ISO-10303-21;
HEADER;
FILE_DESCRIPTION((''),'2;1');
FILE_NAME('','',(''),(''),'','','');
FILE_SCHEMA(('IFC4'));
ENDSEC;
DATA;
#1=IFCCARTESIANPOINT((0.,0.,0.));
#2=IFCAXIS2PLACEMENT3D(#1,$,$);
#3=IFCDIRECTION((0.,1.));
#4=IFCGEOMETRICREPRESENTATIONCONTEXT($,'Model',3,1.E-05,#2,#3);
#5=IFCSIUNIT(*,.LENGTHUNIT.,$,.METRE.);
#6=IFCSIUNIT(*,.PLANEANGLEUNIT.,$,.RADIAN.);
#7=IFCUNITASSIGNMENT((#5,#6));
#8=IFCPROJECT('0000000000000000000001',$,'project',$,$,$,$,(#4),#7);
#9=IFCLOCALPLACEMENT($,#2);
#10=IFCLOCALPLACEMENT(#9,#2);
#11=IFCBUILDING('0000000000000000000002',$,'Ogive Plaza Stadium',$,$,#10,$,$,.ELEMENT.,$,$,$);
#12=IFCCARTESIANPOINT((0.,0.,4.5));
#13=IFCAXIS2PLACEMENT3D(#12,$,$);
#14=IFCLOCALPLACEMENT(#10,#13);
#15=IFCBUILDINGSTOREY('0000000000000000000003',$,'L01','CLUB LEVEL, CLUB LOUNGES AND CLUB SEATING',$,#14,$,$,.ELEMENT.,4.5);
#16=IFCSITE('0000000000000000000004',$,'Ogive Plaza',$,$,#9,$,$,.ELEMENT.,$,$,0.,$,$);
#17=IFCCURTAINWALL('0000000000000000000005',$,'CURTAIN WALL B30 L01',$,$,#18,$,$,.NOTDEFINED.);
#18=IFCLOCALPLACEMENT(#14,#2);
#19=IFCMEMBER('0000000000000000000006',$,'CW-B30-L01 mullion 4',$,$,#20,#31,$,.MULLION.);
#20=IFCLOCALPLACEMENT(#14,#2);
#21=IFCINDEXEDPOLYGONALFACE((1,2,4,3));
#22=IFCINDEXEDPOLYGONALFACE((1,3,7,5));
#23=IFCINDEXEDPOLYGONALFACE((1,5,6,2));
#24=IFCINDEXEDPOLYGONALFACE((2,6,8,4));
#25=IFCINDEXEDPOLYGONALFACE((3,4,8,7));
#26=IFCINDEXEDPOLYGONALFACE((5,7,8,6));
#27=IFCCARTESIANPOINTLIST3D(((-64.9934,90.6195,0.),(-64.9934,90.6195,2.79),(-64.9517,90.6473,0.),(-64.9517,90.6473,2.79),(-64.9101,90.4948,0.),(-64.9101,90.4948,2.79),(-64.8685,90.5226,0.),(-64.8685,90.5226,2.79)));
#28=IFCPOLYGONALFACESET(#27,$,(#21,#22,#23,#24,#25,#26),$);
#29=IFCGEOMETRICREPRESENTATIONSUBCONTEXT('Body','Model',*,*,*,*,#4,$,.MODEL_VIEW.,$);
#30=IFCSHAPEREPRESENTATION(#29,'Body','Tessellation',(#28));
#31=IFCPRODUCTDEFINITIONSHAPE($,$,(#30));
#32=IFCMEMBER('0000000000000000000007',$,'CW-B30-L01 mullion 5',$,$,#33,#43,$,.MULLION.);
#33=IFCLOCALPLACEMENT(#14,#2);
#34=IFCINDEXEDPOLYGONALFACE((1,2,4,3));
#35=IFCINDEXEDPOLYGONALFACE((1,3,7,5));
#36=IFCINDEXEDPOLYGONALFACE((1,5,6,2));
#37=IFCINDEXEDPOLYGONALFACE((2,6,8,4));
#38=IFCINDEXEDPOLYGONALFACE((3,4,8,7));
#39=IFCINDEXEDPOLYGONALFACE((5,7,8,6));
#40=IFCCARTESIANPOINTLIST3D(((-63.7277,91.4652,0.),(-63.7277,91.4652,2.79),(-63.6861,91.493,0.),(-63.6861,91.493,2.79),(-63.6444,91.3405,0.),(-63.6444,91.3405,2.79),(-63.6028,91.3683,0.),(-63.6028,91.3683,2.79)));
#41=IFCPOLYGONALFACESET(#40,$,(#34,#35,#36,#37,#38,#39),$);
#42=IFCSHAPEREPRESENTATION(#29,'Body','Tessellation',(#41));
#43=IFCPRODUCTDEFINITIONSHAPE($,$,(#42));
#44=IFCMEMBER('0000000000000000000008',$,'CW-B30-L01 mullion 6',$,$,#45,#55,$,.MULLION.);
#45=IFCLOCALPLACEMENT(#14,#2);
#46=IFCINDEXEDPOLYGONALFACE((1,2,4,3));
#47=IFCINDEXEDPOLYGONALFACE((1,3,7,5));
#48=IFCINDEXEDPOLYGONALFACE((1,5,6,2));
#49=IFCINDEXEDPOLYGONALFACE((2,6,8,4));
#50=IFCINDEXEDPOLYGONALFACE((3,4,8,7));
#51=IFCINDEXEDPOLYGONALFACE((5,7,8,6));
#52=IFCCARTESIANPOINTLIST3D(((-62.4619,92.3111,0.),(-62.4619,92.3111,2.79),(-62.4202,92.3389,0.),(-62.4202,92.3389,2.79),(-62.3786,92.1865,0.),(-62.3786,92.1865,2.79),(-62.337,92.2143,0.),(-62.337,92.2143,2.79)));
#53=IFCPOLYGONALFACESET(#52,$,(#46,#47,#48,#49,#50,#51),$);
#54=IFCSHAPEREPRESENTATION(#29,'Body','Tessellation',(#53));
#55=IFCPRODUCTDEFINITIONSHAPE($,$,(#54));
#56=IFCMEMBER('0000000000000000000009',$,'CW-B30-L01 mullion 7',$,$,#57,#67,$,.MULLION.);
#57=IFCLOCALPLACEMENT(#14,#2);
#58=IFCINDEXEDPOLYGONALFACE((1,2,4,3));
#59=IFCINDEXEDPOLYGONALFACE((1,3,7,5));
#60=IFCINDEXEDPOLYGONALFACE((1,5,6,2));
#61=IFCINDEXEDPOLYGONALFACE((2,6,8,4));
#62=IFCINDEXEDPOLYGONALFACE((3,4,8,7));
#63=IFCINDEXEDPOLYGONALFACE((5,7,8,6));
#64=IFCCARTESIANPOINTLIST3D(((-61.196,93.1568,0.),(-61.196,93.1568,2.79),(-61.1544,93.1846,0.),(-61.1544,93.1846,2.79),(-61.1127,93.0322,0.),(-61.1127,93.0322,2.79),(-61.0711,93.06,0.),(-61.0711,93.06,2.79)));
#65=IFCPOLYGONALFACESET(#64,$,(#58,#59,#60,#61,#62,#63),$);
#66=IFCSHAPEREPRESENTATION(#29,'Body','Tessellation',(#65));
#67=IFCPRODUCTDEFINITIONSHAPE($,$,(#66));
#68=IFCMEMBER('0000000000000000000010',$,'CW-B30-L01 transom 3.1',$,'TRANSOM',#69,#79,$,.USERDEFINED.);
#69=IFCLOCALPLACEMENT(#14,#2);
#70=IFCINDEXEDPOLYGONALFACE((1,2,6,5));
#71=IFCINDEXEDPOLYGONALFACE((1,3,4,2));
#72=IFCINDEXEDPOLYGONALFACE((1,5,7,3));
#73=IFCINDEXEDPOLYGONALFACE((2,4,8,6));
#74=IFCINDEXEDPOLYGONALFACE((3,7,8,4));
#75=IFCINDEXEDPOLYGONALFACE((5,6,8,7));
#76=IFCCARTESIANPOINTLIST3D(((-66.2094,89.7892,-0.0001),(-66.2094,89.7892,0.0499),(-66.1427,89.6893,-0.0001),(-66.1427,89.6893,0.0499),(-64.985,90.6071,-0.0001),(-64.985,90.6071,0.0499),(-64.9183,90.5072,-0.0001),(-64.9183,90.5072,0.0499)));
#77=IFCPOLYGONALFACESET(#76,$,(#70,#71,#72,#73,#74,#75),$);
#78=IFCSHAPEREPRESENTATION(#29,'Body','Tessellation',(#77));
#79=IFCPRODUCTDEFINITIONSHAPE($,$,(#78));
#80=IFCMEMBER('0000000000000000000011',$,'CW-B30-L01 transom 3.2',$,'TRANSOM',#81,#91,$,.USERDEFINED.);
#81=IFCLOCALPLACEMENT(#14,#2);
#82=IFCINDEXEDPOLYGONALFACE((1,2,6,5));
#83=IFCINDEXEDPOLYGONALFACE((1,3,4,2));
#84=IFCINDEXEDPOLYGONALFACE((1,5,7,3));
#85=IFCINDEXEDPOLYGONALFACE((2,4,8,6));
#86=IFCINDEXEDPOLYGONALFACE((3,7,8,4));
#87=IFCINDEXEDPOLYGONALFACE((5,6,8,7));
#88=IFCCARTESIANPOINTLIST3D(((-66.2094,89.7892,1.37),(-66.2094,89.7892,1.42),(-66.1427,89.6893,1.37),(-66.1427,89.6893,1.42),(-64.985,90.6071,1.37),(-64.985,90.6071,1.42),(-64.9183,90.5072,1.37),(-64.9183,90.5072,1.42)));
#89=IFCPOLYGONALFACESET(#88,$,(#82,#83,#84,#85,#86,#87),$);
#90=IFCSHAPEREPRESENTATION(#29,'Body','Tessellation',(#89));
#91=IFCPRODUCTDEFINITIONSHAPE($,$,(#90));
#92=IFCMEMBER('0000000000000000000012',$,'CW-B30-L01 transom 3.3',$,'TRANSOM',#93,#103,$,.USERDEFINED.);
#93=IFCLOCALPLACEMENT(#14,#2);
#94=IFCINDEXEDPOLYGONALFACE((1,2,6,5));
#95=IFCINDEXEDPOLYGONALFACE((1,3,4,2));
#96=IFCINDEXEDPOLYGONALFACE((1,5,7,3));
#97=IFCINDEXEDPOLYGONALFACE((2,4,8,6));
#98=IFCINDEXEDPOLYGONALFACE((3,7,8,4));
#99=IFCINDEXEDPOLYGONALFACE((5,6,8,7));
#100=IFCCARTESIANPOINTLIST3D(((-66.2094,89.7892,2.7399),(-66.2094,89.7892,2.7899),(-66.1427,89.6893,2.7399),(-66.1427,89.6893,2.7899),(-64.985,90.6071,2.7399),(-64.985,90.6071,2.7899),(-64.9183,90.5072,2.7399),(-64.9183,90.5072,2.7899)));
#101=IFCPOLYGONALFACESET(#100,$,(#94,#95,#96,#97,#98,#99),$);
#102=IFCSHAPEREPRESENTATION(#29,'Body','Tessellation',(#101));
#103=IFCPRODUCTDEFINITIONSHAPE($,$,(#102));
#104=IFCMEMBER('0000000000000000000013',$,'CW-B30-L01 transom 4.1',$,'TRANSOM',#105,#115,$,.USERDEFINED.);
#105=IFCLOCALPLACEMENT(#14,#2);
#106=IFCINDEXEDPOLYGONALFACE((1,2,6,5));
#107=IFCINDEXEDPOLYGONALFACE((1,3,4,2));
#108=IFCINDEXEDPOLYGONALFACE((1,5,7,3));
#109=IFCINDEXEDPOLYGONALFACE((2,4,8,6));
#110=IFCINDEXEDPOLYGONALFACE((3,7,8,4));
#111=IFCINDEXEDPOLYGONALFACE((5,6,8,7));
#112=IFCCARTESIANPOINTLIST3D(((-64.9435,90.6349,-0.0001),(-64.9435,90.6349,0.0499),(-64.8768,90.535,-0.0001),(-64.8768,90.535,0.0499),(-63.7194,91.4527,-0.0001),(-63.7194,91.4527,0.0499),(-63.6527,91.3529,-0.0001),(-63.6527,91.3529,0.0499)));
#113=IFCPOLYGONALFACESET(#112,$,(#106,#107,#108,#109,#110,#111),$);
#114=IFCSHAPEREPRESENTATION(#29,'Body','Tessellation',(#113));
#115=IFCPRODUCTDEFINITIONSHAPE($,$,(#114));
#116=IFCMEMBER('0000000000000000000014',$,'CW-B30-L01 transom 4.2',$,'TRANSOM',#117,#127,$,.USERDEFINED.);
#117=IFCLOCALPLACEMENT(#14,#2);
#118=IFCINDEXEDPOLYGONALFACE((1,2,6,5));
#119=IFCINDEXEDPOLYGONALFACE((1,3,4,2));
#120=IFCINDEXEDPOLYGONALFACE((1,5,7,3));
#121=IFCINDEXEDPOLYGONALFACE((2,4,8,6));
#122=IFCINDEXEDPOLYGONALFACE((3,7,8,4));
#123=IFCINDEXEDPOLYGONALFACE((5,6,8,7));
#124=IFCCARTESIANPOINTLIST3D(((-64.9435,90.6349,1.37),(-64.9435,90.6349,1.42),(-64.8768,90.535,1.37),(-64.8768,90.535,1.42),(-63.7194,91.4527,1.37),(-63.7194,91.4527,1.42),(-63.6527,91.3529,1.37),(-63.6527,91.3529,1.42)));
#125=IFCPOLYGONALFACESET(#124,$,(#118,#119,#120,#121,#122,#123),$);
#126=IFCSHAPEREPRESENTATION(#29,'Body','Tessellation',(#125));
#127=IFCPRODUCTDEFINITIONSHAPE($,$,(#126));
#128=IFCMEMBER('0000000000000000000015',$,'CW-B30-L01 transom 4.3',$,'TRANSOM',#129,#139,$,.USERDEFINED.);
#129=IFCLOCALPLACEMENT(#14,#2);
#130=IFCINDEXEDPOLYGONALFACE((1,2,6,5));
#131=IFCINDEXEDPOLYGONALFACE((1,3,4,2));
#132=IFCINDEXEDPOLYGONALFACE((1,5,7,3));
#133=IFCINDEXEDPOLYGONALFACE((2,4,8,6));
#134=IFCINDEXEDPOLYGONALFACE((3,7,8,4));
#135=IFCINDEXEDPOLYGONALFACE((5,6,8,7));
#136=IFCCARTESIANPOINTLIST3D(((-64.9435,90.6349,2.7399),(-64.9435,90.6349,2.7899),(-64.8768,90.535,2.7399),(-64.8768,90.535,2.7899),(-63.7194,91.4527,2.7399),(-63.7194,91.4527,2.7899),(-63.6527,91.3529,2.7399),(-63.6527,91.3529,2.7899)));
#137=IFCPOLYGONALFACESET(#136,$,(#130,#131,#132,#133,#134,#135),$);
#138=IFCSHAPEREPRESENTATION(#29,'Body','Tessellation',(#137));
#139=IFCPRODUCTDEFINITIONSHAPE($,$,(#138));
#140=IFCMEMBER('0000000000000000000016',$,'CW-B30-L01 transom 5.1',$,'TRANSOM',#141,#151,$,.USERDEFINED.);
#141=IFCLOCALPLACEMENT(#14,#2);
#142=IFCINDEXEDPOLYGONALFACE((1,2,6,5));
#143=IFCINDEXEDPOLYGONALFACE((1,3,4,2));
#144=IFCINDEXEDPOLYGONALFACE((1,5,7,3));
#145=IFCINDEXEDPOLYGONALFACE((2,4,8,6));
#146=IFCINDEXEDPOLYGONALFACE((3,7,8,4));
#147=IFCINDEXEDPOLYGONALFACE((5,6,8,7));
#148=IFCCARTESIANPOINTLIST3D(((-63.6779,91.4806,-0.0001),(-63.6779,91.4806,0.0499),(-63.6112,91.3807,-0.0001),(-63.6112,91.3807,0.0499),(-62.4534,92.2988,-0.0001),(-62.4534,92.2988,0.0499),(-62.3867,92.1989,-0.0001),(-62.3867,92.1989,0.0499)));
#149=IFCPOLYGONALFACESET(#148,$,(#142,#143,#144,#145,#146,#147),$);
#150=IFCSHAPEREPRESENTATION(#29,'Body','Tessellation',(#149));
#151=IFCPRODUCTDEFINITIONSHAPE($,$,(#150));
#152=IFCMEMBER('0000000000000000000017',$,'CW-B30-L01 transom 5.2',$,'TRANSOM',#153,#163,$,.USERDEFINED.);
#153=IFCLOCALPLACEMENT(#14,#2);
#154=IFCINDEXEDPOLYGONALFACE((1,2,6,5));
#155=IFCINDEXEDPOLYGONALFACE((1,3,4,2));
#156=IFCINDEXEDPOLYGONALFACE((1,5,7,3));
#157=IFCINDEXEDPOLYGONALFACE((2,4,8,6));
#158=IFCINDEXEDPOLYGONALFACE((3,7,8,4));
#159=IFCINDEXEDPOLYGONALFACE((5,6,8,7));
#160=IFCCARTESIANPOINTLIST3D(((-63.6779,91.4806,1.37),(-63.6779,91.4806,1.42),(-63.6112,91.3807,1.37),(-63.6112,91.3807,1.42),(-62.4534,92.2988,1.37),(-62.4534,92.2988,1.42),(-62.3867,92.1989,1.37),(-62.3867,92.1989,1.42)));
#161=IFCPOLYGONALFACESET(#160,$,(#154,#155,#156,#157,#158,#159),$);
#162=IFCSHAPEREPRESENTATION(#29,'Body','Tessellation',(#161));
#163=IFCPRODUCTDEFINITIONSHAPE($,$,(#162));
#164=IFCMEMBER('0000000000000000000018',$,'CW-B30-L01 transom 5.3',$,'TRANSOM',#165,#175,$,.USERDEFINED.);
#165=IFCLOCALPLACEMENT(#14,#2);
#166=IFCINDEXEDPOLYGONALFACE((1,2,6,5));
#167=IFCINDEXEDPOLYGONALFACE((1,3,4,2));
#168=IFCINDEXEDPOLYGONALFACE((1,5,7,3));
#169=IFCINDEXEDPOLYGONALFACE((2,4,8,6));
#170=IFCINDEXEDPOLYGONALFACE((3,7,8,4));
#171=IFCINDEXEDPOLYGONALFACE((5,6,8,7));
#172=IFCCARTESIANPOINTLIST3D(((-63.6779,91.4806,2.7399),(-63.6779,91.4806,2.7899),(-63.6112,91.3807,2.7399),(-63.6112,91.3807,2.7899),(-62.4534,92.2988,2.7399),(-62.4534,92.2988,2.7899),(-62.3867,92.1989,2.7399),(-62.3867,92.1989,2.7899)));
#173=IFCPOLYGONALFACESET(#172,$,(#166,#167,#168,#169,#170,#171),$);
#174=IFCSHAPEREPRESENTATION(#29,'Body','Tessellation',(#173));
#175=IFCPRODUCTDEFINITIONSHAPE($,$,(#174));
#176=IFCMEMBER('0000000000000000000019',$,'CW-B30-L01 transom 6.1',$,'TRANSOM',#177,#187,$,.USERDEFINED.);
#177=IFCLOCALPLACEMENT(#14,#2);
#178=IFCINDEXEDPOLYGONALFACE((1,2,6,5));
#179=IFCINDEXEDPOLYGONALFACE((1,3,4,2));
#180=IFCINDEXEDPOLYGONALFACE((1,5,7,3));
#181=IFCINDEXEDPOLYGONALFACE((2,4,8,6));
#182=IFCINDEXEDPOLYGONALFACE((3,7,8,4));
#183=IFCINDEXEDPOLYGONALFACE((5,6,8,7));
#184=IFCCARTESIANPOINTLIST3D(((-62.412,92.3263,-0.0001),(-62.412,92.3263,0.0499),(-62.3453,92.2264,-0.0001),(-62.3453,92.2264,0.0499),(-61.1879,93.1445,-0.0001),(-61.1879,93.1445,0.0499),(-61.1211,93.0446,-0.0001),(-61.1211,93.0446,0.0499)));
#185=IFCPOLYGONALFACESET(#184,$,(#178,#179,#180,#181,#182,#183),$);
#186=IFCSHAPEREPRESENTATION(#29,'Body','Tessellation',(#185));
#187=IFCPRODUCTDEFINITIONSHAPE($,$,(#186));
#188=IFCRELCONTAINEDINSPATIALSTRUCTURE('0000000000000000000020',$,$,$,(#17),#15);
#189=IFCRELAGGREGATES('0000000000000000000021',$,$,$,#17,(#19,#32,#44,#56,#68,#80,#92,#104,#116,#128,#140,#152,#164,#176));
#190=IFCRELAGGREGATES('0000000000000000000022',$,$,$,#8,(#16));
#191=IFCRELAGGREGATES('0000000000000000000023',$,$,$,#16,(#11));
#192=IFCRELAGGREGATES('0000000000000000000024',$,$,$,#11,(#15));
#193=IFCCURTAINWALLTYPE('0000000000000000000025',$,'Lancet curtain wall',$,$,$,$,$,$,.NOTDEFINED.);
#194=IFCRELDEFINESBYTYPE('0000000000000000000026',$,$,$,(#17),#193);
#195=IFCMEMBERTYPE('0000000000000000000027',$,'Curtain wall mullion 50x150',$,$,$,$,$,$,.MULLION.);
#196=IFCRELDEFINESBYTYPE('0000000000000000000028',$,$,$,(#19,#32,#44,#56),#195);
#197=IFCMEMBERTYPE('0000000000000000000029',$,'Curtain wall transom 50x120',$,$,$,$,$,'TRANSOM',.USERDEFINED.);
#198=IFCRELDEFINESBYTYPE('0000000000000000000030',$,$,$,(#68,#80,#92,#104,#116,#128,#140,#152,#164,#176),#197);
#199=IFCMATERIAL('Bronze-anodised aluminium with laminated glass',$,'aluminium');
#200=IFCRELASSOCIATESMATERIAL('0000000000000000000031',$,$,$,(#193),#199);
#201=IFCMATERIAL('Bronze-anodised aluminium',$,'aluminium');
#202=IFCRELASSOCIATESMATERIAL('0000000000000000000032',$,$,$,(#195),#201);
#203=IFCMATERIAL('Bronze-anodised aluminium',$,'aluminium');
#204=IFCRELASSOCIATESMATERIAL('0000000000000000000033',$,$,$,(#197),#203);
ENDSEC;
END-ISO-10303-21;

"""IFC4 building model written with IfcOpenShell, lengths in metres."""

from ifc_helpers import new_model, si_unit, direction, frame, origin, origin_2d, place, context, subcontext, project, spatial, rectangle, extrude, material, material_profile, profile_set, type_object, element, aggregate, save


model = new_model("IFC4")

# Units and contexts
model_context = context("Model", 3, precision=1e-05, world=origin(), true_north=direction((0.0, 1.0)))
body_context = subcontext(model_context, "Body", "Model", "MODEL_VIEW")
ifc_project = project(units=[si_unit("LENGTHUNIT", "METRE"), si_unit("PLANEANGLEUNIT", "RADIAN")], contexts=[model_context])

# Site, building, storey
site_placement = place(None, origin())
site = spatial("IfcSite", under=ifc_project, at=site_placement, Name="Ogive Plaza", CompositionType="ELEMENT", RefElevation=0.0)
building_placement = place(site_placement, origin())
building = spatial("IfcBuilding", under=site, at=building_placement, Name="Ogive Plaza Stadium", CompositionType="ELEMENT")
storey_placement = place(building_placement, frame((0.0, 0.0, 4.5)))
storey = spatial("IfcBuildingStorey", under=building, at=storey_placement, Name="L01", Description="CLUB LEVEL, CLUB LOUNGES AND CLUB SEATING", CompositionType="ELEMENT", Elevation=4.5)

# Curtain wall, members
ifc_material_1 = material(Name="Bronze-anodised aluminium with laminated glass", Category="aluminium")
curtain_wall_type = type_object("IfcCurtainWallType", Name="Lancet curtain wall", PredefinedType="NOTDEFINED", material=ifc_material_1)
curtain_wall_placement = place(storey_placement, origin())
curtain_wall = element("IfcCurtainWall", 1, at=curtain_wall_placement, inside=storey, type_object=curtain_wall_type, Name="CURTAIN WALL B30 L01", PredefinedType="NOTDEFINED")
ifc_material_2 = material(Name="Bronze-anodised aluminium", Category="aluminium")
ifc_material_profile_1 = material_profile(ifc_material_2, rectangle(XDim=0.1499, YDim=0.05, at=origin_2d()), Name="AL 150x50")
ifc_profile_set_1 = profile_set([ifc_material_profile_1], Name="Bronze-anodised aluminium")
member_type_1 = type_object("IfcMemberType", Name="Curtain wall mullion 50x150", PredefinedType="MULLION", material=ifc_profile_set_1)
member_1_placement = place(storey_placement, frame((-64.9309, 90.571, 0.0), z_axis=(0.0, 0.0, 1.0), x_axis=(-0.55557, 0.83147, 0.0)))
member_1 = element("IfcMember", 2, at=member_1_placement, type_object=member_type_1, Name="CW-B30-L01 mullion 4", PredefinedType="MULLION", context=body_context, shape_type="SweptSolid", body=[
    extrude(rectangle(XDim=0.1499, YDim=0.05, at=origin_2d()), origin(), (0.0, 0.0, 1.0), 2.79),
])
member_2_placement = place(storey_placement, frame((-63.6653, 91.4167, 0.0), z_axis=(0.0, 0.0, 1.0), x_axis=(-0.55557, 0.83147, 0.0)))
member_2 = element("IfcMember", 3, at=member_2_placement, type_object=member_type_1, Name="CW-B30-L01 mullion 5", PredefinedType="MULLION", context=body_context, shape_type="SweptSolid", body=[
    extrude(rectangle(XDim=0.1499, YDim=0.05, at=origin_2d()), origin(), (0.0, 0.0, 1.0), 2.79),
])
member_3_placement = place(storey_placement, frame((-62.3994, 92.2627, 0.0), z_axis=(0.0, 0.0, 1.0), x_axis=(-0.55557, 0.83147, 0.0)))
member_3 = element("IfcMember", 4, at=member_3_placement, type_object=member_type_1, Name="CW-B30-L01 mullion 6", PredefinedType="MULLION", context=body_context, shape_type="SweptSolid", body=[
    extrude(rectangle(XDim=0.1499, YDim=0.05, at=origin_2d()), origin(), (0.0, 0.0, 1.0), 2.79),
])
member_4_placement = place(storey_placement, frame((-61.1335, 93.1084, 0.0), z_axis=(0.0, 0.0, 1.0), x_axis=(-0.55557, 0.83147, 0.0)))
member_4 = element("IfcMember", 5, at=member_4_placement, type_object=member_type_1, Name="CW-B30-L01 mullion 7", PredefinedType="MULLION", context=body_context, shape_type="SweptSolid", body=[
    extrude(rectangle(XDim=0.1499, YDim=0.05, at=origin_2d()), origin(), (0.0, 0.0, 1.0), 2.79),
])
ifc_material_3 = material(Name="Bronze-anodised aluminium", Category="aluminium")
ifc_material_profile_2 = material_profile(ifc_material_3, rectangle(XDim=0.1201, YDim=0.05, at=origin_2d()), Name="AL 120x50")
ifc_profile_set_2 = profile_set([ifc_material_profile_2], Name="Bronze-anodised aluminium")
member_type_2 = type_object("IfcMemberType", Name="Curtain wall transom 50x120", ElementType="TRANSOM", PredefinedType="USERDEFINED", material=ifc_profile_set_2)
member_5_placement = place(storey_placement, frame((-66.176, 89.7393, 0.0249), z_axis=(0.83154, 0.555465, 0.0), x_axis=(-0.555465, 0.83154, 0.0)))
member_5 = element("IfcMember", 6, at=member_5_placement, type_object=member_type_2, Name="CW-B30-L01 transom 3.1", ObjectType="TRANSOM", PredefinedType="USERDEFINED", context=body_context, shape_type="SweptSolid", body=[
    extrude(rectangle(XDim=0.1201, YDim=0.05, at=origin_2d()), origin(), (0.0, 0.0, 1.0), 1.4724),
])
member_6_placement = place(storey_placement, frame((-66.176, 89.7393, 1.395), z_axis=(0.83154, 0.555465, 0.0), x_axis=(-0.555465, 0.83154, 0.0)))
member_6 = element("IfcMember", 7, at=member_6_placement, type_object=member_type_2, Name="CW-B30-L01 transom 3.2", ObjectType="TRANSOM", PredefinedType="USERDEFINED", context=body_context, shape_type="SweptSolid", body=[
    extrude(rectangle(XDim=0.1201, YDim=0.05, at=origin_2d()), origin(), (0.0, 0.0, 1.0), 1.4724),
])
member_7_placement = place(storey_placement, frame((-66.176, 89.7393, 2.7649), z_axis=(0.83154, 0.555465, 0.0), x_axis=(-0.555465, 0.83154, 0.0)))
member_7 = element("IfcMember", 8, at=member_7_placement, type_object=member_type_2, Name="CW-B30-L01 transom 3.3", ObjectType="TRANSOM", PredefinedType="USERDEFINED", context=body_context, shape_type="SweptSolid", body=[
    extrude(rectangle(XDim=0.1201, YDim=0.05, at=origin_2d()), origin(), (0.0, 0.0, 1.0), 1.4724),
])
member_8_placement = place(storey_placement, frame((-64.9102, 90.585, 0.0249), z_axis=(0.831489, 0.555542, 0.0), x_axis=(-0.555542, 0.831489, 0.0)))
member_8 = element("IfcMember", 9, at=member_8_placement, type_object=member_type_2, Name="CW-B30-L01 transom 4.1", ObjectType="TRANSOM", PredefinedType="USERDEFINED", context=body_context, shape_type="SweptSolid", body=[
    extrude(rectangle(XDim=0.1201, YDim=0.05, at=origin_2d()), origin(), (0.0, 0.0, 1.0), 1.4722),
])
member_9_placement = place(storey_placement, frame((-64.9102, 90.585, 1.395), z_axis=(0.831489, 0.555542, 0.0), x_axis=(-0.555542, 0.831489, 0.0)))
member_9 = element("IfcMember", 10, at=member_9_placement, type_object=member_type_2, Name="CW-B30-L01 transom 4.2", ObjectType="TRANSOM", PredefinedType="USERDEFINED", context=body_context, shape_type="SweptSolid", body=[
    extrude(rectangle(XDim=0.1201, YDim=0.05, at=origin_2d()), origin(), (0.0, 0.0, 1.0), 1.4722),
])
member_10_placement = place(storey_placement, frame((-64.9102, 90.585, 2.7649), z_axis=(0.831489, 0.555542, 0.0), x_axis=(-0.555542, 0.831489, 0.0)))
member_10 = element("IfcMember", 11, at=member_10_placement, type_object=member_type_2, Name="CW-B30-L01 transom 4.3", ObjectType="TRANSOM", PredefinedType="USERDEFINED", context=body_context, shape_type="SweptSolid", body=[
    extrude(rectangle(XDim=0.1201, YDim=0.05, at=origin_2d()), origin(), (0.0, 0.0, 1.0), 1.4722),
])
member_11_placement = place(storey_placement, frame((-63.6445, 91.4307, 0.0249), z_axis=(0.831463, 0.55558, 0.0), x_axis=(-0.55558, 0.831463, 0.0)))
member_11 = element("IfcMember", 12, at=member_11_placement, type_object=member_type_2, Name="CW-B30-L01 transom 5.1", ObjectType="TRANSOM", PredefinedType="USERDEFINED", context=body_context, shape_type="SweptSolid", body=[
    extrude(rectangle(XDim=0.1201, YDim=0.05, at=origin_2d()), origin(), (0.0, 0.0, 1.0), 1.4727),
])
member_12_placement = place(storey_placement, frame((-63.6445, 91.4307, 1.395), z_axis=(0.831463, 0.55558, 0.0), x_axis=(-0.55558, 0.831463, 0.0)))
member_12 = element("IfcMember", 13, at=member_12_placement, type_object=member_type_2, Name="CW-B30-L01 transom 5.2", ObjectType="TRANSOM", PredefinedType="USERDEFINED", context=body_context, shape_type="SweptSolid", body=[
    extrude(rectangle(XDim=0.1201, YDim=0.05, at=origin_2d()), origin(), (0.0, 0.0, 1.0), 1.4727),
])
member_13_placement = place(storey_placement, frame((-63.6445, 91.4307, 2.7649), z_axis=(0.831463, 0.55558, 0.0), x_axis=(-0.55558, 0.831463, 0.0)))
member_13 = element("IfcMember", 14, at=member_13_placement, type_object=member_type_2, Name="CW-B30-L01 transom 5.3", ObjectType="TRANSOM", PredefinedType="USERDEFINED", context=body_context, shape_type="SweptSolid", body=[
    extrude(rectangle(XDim=0.1201, YDim=0.05, at=origin_2d()), origin(), (0.0, 0.0, 1.0), 1.4727),
])
member_14_placement = place(storey_placement, frame((-62.3787, 92.2764, 0.0249), z_axis=(0.831412, 0.555656, 0.0), x_axis=(-0.555656, 0.831412, 0.0)))
member_14 = element("IfcMember", 15, at=member_14_placement, type_object=member_type_2, Name="CW-B30-L01 transom 6.1", ObjectType="TRANSOM", PredefinedType="USERDEFINED", context=body_context, shape_type="SweptSolid", body=[
    extrude(rectangle(XDim=0.1201, YDim=0.05, at=origin_2d()), origin(), (0.0, 0.0, 1.0), 1.4724),
])
aggregate(curtain_wall, [member_1, member_2, member_3, member_4, member_5, member_6, member_7, member_8, member_9, member_10, member_11, member_12, member_13, member_14])

save(model, "model.ifc")
